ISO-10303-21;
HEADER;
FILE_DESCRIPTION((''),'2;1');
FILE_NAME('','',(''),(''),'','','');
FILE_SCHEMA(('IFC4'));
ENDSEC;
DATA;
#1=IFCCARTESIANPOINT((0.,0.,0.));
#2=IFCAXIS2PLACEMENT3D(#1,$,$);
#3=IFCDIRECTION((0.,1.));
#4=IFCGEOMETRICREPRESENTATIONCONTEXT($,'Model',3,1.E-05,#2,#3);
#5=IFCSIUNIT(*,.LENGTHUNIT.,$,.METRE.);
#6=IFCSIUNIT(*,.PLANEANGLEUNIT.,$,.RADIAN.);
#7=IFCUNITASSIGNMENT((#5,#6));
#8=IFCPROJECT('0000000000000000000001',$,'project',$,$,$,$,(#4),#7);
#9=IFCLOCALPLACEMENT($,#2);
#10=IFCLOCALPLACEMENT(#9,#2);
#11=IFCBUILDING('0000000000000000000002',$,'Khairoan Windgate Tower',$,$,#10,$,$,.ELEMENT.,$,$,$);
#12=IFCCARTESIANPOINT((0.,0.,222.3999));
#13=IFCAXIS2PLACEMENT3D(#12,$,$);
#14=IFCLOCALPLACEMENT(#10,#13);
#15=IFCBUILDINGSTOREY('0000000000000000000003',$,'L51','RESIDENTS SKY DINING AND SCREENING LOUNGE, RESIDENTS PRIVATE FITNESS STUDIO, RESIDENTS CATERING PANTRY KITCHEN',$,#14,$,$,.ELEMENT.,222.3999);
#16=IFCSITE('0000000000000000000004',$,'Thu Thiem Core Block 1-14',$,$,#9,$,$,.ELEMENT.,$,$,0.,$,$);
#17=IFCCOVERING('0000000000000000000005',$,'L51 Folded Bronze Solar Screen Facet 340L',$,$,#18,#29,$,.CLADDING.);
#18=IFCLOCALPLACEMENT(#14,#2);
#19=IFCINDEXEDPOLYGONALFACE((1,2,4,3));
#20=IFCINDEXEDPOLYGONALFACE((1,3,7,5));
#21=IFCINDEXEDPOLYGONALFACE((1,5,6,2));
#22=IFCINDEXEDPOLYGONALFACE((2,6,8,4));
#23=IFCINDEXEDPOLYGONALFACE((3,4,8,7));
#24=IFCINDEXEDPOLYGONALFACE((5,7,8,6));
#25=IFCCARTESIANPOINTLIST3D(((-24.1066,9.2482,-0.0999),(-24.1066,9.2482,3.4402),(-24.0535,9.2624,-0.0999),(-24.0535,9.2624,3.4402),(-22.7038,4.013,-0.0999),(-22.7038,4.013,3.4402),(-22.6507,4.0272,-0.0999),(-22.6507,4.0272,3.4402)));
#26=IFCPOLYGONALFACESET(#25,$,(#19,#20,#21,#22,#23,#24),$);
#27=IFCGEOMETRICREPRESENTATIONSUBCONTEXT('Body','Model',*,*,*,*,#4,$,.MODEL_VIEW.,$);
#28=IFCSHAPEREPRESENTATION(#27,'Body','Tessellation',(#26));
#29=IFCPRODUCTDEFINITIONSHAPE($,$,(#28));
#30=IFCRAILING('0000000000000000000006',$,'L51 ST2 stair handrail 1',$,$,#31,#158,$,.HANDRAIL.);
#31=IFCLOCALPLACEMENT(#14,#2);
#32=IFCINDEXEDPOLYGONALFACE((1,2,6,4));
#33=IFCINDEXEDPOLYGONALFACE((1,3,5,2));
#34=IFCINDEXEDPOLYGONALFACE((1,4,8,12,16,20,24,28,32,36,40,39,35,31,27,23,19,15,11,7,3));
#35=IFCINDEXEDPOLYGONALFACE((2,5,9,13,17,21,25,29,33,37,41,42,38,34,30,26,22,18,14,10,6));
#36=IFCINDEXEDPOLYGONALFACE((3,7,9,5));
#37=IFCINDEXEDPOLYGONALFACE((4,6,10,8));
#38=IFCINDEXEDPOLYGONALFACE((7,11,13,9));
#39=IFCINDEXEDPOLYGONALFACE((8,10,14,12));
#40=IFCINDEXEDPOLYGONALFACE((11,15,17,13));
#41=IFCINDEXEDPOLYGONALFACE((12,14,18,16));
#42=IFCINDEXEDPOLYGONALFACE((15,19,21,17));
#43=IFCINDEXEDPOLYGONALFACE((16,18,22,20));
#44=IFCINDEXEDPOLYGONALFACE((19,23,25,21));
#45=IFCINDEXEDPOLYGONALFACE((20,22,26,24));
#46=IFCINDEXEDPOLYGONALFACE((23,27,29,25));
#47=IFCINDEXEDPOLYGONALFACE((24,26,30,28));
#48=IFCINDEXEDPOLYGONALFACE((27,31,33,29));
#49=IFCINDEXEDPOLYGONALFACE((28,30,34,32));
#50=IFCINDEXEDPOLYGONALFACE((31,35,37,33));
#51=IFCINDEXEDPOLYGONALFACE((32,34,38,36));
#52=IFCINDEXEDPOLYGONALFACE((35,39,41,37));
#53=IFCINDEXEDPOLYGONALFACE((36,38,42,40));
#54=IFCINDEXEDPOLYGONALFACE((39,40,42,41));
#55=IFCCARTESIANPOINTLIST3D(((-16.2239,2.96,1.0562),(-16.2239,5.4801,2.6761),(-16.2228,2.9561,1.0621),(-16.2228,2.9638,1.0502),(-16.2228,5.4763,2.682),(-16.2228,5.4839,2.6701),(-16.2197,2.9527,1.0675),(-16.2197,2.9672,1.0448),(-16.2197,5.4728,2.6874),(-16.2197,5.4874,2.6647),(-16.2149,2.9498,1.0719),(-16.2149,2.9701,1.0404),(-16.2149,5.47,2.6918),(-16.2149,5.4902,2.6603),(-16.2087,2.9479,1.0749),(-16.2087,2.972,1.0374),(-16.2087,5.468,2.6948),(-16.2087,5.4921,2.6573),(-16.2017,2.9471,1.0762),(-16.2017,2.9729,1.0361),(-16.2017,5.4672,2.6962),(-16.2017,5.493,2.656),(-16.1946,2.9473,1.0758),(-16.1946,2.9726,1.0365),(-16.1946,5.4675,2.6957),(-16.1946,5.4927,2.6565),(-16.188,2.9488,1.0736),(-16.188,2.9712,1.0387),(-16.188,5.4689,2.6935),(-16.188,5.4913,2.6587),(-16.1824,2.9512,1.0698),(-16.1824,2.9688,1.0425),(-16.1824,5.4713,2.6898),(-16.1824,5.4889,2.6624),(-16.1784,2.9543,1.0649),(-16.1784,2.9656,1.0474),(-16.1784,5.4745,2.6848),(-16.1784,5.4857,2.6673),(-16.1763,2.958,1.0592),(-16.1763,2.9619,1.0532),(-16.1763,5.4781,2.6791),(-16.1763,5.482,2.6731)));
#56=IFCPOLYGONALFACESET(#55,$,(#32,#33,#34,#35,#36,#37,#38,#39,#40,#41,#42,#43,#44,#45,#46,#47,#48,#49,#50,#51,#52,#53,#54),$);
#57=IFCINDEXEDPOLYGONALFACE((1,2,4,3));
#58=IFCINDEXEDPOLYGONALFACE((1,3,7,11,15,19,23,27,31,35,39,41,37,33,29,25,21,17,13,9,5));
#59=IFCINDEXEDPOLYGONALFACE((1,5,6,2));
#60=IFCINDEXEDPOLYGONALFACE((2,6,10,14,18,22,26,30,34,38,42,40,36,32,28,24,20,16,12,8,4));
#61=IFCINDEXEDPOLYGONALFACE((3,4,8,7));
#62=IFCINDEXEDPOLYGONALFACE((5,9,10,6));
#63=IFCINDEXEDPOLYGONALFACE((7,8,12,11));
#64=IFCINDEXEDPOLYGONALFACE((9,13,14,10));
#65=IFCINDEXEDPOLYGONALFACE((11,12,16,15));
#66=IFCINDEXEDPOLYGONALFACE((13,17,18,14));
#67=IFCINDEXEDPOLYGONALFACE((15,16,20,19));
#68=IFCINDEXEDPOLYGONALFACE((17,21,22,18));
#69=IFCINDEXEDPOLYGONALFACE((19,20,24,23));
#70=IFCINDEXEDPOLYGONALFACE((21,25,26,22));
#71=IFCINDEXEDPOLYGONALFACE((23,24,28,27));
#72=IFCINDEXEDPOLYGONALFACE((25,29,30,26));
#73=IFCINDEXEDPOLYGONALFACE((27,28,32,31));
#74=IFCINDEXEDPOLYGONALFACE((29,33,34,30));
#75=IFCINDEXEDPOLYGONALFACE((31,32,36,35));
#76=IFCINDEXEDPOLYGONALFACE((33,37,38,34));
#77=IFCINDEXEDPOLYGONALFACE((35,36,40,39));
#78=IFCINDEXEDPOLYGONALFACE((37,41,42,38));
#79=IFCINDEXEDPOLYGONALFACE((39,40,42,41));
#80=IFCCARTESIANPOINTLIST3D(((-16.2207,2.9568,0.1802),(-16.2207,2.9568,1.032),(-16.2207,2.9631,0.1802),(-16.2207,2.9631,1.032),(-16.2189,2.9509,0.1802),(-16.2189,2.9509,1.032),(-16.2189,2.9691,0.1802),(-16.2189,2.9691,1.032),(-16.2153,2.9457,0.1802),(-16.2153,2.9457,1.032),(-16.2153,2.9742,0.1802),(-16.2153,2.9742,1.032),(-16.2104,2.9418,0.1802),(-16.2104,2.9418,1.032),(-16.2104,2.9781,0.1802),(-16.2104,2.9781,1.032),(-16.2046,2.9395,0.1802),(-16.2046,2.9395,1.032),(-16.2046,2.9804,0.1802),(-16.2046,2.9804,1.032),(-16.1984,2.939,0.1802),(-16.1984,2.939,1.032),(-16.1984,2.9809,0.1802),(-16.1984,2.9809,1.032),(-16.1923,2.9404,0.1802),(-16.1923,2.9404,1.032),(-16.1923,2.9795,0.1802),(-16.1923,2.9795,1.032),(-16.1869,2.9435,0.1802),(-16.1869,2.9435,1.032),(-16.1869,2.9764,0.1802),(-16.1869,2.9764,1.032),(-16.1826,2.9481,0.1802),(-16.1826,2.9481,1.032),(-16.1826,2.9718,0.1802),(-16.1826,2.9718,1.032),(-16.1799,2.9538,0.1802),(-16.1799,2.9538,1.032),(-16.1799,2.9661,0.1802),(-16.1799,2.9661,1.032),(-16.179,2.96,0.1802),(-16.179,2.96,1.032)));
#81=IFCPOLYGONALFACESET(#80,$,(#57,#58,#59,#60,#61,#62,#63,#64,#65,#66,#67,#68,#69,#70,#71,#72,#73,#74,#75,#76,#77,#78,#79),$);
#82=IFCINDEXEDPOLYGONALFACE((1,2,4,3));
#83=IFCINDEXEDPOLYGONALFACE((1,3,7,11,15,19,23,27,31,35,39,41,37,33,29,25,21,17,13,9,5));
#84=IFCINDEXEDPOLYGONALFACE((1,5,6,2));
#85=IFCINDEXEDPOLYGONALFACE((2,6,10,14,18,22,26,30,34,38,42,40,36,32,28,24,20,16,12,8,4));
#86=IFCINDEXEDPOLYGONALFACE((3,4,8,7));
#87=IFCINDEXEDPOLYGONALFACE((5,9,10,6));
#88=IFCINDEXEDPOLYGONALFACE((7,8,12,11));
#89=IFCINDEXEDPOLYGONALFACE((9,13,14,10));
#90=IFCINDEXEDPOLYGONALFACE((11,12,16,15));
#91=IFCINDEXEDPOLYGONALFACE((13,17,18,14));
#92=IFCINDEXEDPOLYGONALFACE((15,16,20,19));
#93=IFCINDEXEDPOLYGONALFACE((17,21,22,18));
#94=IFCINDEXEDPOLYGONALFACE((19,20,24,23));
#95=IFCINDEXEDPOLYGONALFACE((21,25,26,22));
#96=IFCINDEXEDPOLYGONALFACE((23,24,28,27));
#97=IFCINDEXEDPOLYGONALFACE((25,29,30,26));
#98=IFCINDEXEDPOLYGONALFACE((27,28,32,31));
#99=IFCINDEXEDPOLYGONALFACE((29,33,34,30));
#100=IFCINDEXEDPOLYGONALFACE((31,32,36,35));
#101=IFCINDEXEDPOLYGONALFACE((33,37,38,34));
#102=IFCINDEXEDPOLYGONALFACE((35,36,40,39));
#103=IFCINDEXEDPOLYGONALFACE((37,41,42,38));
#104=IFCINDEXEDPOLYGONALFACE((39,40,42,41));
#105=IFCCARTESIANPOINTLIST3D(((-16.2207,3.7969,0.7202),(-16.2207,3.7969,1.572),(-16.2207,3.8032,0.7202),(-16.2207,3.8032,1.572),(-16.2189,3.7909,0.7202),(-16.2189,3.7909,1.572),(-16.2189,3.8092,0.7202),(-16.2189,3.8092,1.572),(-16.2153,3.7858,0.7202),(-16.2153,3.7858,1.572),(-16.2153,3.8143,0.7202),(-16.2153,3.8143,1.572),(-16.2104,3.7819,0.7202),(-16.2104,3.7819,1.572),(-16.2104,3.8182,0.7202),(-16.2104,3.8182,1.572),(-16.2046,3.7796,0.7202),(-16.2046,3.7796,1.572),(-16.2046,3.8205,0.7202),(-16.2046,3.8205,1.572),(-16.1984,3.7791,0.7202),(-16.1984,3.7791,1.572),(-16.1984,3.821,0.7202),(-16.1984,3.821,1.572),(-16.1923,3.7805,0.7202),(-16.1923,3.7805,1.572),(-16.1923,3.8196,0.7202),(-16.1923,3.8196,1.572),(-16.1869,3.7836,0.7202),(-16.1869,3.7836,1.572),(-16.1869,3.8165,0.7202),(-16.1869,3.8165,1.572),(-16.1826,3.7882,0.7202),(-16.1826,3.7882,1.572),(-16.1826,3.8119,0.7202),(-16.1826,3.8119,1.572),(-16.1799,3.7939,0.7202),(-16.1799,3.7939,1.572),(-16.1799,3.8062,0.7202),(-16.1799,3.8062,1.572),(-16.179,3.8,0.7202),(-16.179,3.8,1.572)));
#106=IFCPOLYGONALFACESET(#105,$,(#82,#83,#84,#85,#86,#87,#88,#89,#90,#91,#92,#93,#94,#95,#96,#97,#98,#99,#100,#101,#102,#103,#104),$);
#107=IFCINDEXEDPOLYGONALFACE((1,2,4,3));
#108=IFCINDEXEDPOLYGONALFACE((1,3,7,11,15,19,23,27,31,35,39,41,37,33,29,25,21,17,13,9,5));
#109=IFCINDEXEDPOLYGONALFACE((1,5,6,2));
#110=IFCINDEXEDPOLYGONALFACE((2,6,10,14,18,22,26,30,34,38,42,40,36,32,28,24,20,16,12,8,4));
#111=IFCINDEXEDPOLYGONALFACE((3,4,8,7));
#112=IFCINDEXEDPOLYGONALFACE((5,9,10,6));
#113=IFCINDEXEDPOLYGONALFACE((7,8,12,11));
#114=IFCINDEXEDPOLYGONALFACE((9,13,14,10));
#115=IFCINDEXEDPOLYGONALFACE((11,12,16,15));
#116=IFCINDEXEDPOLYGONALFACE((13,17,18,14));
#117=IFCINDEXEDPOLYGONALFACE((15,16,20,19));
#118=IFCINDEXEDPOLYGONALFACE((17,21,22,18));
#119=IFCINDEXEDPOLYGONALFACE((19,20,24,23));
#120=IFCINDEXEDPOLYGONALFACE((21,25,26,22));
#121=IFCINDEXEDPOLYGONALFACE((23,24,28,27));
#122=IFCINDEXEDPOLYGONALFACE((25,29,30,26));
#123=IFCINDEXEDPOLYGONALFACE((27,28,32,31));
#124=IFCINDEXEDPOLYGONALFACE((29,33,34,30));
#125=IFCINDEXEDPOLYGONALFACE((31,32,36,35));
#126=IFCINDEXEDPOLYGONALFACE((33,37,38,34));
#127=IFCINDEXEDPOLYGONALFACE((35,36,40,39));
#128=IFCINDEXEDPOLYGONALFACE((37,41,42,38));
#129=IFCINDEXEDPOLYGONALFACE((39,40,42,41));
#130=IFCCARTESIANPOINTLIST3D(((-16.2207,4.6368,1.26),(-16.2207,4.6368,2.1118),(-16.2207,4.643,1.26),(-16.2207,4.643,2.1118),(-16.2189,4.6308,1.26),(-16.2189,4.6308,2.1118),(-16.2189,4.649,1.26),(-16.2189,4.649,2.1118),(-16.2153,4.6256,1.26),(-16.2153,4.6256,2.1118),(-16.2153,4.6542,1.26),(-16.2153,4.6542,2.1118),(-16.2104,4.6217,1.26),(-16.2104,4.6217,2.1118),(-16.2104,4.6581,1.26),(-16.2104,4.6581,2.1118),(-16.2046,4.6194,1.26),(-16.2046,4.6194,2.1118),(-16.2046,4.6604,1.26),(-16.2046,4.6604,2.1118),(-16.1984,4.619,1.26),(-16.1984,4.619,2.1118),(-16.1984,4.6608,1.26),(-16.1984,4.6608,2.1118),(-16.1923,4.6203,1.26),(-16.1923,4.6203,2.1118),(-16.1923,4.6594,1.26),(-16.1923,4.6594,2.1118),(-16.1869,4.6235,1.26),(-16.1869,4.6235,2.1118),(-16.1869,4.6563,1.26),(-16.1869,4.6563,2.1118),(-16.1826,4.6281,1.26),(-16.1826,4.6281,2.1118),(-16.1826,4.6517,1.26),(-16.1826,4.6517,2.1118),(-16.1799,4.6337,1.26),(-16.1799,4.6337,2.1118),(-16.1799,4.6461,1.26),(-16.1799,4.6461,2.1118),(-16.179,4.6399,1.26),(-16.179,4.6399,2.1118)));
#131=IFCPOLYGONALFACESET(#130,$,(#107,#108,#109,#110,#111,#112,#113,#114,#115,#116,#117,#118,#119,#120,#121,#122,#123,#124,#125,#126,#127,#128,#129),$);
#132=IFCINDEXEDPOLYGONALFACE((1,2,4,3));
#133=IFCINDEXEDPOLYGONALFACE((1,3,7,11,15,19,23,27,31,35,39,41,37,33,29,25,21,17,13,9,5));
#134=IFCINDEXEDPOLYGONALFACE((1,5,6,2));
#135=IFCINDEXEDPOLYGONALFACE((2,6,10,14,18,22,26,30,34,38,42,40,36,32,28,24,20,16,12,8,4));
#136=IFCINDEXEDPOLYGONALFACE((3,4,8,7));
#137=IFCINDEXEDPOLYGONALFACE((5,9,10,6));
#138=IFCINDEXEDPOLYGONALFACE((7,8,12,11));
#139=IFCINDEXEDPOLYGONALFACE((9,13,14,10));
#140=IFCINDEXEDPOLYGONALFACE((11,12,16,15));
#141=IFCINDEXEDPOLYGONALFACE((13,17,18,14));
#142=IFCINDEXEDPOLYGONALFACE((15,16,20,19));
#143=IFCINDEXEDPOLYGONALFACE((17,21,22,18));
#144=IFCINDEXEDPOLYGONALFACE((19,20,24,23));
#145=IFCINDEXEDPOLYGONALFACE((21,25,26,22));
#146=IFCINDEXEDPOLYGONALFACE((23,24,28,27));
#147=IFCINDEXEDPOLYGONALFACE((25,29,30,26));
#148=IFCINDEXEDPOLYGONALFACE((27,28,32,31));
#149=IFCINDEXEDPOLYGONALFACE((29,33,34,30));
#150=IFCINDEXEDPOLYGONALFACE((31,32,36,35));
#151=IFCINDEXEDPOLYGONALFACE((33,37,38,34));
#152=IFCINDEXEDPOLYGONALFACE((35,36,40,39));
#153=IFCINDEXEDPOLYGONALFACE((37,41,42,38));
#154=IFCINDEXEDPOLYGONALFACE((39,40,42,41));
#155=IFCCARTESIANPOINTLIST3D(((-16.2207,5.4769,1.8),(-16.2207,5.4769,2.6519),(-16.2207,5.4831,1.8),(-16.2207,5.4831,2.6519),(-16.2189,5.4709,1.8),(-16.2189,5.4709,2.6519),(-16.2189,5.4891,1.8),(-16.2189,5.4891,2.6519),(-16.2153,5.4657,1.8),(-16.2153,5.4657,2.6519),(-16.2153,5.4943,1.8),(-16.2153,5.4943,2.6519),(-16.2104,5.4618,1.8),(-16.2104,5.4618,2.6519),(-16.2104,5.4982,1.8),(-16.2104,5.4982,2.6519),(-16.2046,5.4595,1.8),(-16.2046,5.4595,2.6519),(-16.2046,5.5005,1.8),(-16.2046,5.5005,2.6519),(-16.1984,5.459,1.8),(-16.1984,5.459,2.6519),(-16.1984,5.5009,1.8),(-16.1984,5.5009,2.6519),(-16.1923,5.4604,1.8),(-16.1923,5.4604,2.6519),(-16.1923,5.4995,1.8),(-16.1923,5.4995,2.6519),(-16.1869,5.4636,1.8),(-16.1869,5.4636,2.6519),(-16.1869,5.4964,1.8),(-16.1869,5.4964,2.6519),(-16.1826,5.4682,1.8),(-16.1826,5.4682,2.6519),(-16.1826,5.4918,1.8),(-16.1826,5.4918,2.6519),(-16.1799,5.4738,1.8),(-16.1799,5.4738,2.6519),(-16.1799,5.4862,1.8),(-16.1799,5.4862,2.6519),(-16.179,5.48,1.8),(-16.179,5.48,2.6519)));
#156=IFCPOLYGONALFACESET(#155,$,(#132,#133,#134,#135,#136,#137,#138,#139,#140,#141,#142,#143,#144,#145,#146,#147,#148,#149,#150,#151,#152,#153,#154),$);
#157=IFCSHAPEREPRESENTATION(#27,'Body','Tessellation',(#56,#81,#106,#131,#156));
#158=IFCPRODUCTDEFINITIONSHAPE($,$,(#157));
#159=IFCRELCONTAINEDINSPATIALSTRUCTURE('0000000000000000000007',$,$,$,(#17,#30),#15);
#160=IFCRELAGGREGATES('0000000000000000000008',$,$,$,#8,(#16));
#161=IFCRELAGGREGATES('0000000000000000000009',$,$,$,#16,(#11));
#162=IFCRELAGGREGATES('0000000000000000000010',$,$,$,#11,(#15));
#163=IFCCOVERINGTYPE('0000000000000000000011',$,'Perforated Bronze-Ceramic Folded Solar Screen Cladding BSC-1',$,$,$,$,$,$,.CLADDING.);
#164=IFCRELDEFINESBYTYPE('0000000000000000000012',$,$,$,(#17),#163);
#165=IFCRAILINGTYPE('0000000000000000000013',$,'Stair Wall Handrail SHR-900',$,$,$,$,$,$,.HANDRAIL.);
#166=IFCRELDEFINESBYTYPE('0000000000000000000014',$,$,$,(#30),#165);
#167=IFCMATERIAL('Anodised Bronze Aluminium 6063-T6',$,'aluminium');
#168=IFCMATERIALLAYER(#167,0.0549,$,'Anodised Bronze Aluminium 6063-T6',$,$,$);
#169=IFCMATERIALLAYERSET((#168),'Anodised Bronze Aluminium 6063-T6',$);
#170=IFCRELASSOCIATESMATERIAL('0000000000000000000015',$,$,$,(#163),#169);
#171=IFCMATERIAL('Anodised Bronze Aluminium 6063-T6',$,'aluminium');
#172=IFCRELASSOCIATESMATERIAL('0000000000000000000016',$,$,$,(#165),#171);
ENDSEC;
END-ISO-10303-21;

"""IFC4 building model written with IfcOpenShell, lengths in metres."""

from ifc_helpers import new_model, si_unit, direction, frame, origin, origin_2d, place, context, subcontext, project, spatial, rectangle, circle, extrude, material, layer, layer_set, type_object, element, save


model = new_model("IFC4")

# Units and contexts
model_context = context("Model", 3, precision=1e-05, world=origin(), true_north=direction((0.0, 1.0)))
body_context = subcontext(model_context, "Body", "Model", "MODEL_VIEW")
ifc_project = project(units=[si_unit("LENGTHUNIT", "METRE"), si_unit("PLANEANGLEUNIT", "RADIAN")], contexts=[model_context])

# Site, building, storey
site_placement = place(None, origin())
site = spatial("IfcSite", under=ifc_project, at=site_placement, Name="Thu Thiem Core Block 1-14", CompositionType="ELEMENT", RefElevation=0.0)
building_placement = place(site_placement, origin())
building = spatial("IfcBuilding", under=site, at=building_placement, Name="Khairoan Windgate Tower", CompositionType="ELEMENT")
storey_placement = place(building_placement, frame((0.0, 0.0, 222.3999)))
storey = spatial("IfcBuildingStorey", under=building, at=storey_placement, Name="L51", Description="RESIDENTS SKY DINING AND SCREENING LOUNGE, RESIDENTS PRIVATE FITNESS STUDIO, RESIDENTS CATERING PANTRY KITCHEN", CompositionType="ELEMENT", Elevation=222.3999)

# Covering
ifc_material_1 = material(Name="Anodised Bronze Aluminium 6063-T6", Category="aluminium")
ifc_layer_1 = layer(ifc_material_1, 0.0549, Name="Anodised Bronze Aluminium 6063-T6")
ifc_layer_set_1 = layer_set([ifc_layer_1], Name="Anodised Bronze Aluminium 6063-T6")
covering_type = type_object("IfcCoveringType", Name="Perforated Bronze-Ceramic Folded Solar Screen Cladding BSC-1", PredefinedType="CLADDING", material=ifc_layer_set_1)
covering_placement = place(storey_placement, frame((-23.3787, 6.6377, -0.0999), z_axis=(0.0, 0.0, 1.0), x_axis=(-0.258819, 0.965926, 0.0)))
element("IfcCovering", 1, at=covering_placement, inside=storey, type_object=covering_type, Name="L51 Folded Bronze Solar Screen Facet 340L", PredefinedType="CLADDING", context=body_context, shape_type="SweptSolid", body=[
    extrude(rectangle(XDim=5.4199, YDim=0.0549, at=origin_2d()), origin(), (0.0, 0.0, 1.0), 3.54),
])

# Railing
ifc_material_2 = material(Name="Anodised Bronze Aluminium 6063-T6", Category="aluminium")
railing_type_1 = type_object("IfcRailingType", Name="Stair Wall Handrail SHR-900", PredefinedType="HANDRAIL", material=ifc_material_2)
railing_1_placement = place(storey_placement, frame((-16.2, 2.96, 0.1802)))
element("IfcRailing", 2, at=railing_1_placement, inside=storey, type_object=railing_type_1, Name="L51 ST2 stair handrail 1", PredefinedType="HANDRAIL", context=body_context, shape_type="SweptSolid", body=[
    extrude(circle(Radius=0.0239, at=origin_2d()), frame((0.0, 0.0, 0.876), z_axis=(0.0, 0.8412, 0.540725), x_axis=(-1.0, 0.0, 0.0)), (0.0, 0.0, 1.0), 2.9958),
    extrude(circle(Radius=0.021, at=origin_2d()), origin(), (0.0, 0.0, 1.0), 0.8518),
    extrude(circle(Radius=0.021, at=origin_2d()), frame((0.0, 0.8401, 0.54)), (0.0, 0.0, 1.0), 0.8518),
    extrude(circle(Radius=0.021, at=origin_2d()), frame((0.0, 1.6799, 1.0798)), (0.0, 0.0, 1.0), 0.8518),
    extrude(circle(Radius=0.021, at=origin_2d()), frame((0.0, 2.52, 1.6199)), (0.0, 0.0, 1.0), 0.8518),
])

save(model, "model.ifc")
